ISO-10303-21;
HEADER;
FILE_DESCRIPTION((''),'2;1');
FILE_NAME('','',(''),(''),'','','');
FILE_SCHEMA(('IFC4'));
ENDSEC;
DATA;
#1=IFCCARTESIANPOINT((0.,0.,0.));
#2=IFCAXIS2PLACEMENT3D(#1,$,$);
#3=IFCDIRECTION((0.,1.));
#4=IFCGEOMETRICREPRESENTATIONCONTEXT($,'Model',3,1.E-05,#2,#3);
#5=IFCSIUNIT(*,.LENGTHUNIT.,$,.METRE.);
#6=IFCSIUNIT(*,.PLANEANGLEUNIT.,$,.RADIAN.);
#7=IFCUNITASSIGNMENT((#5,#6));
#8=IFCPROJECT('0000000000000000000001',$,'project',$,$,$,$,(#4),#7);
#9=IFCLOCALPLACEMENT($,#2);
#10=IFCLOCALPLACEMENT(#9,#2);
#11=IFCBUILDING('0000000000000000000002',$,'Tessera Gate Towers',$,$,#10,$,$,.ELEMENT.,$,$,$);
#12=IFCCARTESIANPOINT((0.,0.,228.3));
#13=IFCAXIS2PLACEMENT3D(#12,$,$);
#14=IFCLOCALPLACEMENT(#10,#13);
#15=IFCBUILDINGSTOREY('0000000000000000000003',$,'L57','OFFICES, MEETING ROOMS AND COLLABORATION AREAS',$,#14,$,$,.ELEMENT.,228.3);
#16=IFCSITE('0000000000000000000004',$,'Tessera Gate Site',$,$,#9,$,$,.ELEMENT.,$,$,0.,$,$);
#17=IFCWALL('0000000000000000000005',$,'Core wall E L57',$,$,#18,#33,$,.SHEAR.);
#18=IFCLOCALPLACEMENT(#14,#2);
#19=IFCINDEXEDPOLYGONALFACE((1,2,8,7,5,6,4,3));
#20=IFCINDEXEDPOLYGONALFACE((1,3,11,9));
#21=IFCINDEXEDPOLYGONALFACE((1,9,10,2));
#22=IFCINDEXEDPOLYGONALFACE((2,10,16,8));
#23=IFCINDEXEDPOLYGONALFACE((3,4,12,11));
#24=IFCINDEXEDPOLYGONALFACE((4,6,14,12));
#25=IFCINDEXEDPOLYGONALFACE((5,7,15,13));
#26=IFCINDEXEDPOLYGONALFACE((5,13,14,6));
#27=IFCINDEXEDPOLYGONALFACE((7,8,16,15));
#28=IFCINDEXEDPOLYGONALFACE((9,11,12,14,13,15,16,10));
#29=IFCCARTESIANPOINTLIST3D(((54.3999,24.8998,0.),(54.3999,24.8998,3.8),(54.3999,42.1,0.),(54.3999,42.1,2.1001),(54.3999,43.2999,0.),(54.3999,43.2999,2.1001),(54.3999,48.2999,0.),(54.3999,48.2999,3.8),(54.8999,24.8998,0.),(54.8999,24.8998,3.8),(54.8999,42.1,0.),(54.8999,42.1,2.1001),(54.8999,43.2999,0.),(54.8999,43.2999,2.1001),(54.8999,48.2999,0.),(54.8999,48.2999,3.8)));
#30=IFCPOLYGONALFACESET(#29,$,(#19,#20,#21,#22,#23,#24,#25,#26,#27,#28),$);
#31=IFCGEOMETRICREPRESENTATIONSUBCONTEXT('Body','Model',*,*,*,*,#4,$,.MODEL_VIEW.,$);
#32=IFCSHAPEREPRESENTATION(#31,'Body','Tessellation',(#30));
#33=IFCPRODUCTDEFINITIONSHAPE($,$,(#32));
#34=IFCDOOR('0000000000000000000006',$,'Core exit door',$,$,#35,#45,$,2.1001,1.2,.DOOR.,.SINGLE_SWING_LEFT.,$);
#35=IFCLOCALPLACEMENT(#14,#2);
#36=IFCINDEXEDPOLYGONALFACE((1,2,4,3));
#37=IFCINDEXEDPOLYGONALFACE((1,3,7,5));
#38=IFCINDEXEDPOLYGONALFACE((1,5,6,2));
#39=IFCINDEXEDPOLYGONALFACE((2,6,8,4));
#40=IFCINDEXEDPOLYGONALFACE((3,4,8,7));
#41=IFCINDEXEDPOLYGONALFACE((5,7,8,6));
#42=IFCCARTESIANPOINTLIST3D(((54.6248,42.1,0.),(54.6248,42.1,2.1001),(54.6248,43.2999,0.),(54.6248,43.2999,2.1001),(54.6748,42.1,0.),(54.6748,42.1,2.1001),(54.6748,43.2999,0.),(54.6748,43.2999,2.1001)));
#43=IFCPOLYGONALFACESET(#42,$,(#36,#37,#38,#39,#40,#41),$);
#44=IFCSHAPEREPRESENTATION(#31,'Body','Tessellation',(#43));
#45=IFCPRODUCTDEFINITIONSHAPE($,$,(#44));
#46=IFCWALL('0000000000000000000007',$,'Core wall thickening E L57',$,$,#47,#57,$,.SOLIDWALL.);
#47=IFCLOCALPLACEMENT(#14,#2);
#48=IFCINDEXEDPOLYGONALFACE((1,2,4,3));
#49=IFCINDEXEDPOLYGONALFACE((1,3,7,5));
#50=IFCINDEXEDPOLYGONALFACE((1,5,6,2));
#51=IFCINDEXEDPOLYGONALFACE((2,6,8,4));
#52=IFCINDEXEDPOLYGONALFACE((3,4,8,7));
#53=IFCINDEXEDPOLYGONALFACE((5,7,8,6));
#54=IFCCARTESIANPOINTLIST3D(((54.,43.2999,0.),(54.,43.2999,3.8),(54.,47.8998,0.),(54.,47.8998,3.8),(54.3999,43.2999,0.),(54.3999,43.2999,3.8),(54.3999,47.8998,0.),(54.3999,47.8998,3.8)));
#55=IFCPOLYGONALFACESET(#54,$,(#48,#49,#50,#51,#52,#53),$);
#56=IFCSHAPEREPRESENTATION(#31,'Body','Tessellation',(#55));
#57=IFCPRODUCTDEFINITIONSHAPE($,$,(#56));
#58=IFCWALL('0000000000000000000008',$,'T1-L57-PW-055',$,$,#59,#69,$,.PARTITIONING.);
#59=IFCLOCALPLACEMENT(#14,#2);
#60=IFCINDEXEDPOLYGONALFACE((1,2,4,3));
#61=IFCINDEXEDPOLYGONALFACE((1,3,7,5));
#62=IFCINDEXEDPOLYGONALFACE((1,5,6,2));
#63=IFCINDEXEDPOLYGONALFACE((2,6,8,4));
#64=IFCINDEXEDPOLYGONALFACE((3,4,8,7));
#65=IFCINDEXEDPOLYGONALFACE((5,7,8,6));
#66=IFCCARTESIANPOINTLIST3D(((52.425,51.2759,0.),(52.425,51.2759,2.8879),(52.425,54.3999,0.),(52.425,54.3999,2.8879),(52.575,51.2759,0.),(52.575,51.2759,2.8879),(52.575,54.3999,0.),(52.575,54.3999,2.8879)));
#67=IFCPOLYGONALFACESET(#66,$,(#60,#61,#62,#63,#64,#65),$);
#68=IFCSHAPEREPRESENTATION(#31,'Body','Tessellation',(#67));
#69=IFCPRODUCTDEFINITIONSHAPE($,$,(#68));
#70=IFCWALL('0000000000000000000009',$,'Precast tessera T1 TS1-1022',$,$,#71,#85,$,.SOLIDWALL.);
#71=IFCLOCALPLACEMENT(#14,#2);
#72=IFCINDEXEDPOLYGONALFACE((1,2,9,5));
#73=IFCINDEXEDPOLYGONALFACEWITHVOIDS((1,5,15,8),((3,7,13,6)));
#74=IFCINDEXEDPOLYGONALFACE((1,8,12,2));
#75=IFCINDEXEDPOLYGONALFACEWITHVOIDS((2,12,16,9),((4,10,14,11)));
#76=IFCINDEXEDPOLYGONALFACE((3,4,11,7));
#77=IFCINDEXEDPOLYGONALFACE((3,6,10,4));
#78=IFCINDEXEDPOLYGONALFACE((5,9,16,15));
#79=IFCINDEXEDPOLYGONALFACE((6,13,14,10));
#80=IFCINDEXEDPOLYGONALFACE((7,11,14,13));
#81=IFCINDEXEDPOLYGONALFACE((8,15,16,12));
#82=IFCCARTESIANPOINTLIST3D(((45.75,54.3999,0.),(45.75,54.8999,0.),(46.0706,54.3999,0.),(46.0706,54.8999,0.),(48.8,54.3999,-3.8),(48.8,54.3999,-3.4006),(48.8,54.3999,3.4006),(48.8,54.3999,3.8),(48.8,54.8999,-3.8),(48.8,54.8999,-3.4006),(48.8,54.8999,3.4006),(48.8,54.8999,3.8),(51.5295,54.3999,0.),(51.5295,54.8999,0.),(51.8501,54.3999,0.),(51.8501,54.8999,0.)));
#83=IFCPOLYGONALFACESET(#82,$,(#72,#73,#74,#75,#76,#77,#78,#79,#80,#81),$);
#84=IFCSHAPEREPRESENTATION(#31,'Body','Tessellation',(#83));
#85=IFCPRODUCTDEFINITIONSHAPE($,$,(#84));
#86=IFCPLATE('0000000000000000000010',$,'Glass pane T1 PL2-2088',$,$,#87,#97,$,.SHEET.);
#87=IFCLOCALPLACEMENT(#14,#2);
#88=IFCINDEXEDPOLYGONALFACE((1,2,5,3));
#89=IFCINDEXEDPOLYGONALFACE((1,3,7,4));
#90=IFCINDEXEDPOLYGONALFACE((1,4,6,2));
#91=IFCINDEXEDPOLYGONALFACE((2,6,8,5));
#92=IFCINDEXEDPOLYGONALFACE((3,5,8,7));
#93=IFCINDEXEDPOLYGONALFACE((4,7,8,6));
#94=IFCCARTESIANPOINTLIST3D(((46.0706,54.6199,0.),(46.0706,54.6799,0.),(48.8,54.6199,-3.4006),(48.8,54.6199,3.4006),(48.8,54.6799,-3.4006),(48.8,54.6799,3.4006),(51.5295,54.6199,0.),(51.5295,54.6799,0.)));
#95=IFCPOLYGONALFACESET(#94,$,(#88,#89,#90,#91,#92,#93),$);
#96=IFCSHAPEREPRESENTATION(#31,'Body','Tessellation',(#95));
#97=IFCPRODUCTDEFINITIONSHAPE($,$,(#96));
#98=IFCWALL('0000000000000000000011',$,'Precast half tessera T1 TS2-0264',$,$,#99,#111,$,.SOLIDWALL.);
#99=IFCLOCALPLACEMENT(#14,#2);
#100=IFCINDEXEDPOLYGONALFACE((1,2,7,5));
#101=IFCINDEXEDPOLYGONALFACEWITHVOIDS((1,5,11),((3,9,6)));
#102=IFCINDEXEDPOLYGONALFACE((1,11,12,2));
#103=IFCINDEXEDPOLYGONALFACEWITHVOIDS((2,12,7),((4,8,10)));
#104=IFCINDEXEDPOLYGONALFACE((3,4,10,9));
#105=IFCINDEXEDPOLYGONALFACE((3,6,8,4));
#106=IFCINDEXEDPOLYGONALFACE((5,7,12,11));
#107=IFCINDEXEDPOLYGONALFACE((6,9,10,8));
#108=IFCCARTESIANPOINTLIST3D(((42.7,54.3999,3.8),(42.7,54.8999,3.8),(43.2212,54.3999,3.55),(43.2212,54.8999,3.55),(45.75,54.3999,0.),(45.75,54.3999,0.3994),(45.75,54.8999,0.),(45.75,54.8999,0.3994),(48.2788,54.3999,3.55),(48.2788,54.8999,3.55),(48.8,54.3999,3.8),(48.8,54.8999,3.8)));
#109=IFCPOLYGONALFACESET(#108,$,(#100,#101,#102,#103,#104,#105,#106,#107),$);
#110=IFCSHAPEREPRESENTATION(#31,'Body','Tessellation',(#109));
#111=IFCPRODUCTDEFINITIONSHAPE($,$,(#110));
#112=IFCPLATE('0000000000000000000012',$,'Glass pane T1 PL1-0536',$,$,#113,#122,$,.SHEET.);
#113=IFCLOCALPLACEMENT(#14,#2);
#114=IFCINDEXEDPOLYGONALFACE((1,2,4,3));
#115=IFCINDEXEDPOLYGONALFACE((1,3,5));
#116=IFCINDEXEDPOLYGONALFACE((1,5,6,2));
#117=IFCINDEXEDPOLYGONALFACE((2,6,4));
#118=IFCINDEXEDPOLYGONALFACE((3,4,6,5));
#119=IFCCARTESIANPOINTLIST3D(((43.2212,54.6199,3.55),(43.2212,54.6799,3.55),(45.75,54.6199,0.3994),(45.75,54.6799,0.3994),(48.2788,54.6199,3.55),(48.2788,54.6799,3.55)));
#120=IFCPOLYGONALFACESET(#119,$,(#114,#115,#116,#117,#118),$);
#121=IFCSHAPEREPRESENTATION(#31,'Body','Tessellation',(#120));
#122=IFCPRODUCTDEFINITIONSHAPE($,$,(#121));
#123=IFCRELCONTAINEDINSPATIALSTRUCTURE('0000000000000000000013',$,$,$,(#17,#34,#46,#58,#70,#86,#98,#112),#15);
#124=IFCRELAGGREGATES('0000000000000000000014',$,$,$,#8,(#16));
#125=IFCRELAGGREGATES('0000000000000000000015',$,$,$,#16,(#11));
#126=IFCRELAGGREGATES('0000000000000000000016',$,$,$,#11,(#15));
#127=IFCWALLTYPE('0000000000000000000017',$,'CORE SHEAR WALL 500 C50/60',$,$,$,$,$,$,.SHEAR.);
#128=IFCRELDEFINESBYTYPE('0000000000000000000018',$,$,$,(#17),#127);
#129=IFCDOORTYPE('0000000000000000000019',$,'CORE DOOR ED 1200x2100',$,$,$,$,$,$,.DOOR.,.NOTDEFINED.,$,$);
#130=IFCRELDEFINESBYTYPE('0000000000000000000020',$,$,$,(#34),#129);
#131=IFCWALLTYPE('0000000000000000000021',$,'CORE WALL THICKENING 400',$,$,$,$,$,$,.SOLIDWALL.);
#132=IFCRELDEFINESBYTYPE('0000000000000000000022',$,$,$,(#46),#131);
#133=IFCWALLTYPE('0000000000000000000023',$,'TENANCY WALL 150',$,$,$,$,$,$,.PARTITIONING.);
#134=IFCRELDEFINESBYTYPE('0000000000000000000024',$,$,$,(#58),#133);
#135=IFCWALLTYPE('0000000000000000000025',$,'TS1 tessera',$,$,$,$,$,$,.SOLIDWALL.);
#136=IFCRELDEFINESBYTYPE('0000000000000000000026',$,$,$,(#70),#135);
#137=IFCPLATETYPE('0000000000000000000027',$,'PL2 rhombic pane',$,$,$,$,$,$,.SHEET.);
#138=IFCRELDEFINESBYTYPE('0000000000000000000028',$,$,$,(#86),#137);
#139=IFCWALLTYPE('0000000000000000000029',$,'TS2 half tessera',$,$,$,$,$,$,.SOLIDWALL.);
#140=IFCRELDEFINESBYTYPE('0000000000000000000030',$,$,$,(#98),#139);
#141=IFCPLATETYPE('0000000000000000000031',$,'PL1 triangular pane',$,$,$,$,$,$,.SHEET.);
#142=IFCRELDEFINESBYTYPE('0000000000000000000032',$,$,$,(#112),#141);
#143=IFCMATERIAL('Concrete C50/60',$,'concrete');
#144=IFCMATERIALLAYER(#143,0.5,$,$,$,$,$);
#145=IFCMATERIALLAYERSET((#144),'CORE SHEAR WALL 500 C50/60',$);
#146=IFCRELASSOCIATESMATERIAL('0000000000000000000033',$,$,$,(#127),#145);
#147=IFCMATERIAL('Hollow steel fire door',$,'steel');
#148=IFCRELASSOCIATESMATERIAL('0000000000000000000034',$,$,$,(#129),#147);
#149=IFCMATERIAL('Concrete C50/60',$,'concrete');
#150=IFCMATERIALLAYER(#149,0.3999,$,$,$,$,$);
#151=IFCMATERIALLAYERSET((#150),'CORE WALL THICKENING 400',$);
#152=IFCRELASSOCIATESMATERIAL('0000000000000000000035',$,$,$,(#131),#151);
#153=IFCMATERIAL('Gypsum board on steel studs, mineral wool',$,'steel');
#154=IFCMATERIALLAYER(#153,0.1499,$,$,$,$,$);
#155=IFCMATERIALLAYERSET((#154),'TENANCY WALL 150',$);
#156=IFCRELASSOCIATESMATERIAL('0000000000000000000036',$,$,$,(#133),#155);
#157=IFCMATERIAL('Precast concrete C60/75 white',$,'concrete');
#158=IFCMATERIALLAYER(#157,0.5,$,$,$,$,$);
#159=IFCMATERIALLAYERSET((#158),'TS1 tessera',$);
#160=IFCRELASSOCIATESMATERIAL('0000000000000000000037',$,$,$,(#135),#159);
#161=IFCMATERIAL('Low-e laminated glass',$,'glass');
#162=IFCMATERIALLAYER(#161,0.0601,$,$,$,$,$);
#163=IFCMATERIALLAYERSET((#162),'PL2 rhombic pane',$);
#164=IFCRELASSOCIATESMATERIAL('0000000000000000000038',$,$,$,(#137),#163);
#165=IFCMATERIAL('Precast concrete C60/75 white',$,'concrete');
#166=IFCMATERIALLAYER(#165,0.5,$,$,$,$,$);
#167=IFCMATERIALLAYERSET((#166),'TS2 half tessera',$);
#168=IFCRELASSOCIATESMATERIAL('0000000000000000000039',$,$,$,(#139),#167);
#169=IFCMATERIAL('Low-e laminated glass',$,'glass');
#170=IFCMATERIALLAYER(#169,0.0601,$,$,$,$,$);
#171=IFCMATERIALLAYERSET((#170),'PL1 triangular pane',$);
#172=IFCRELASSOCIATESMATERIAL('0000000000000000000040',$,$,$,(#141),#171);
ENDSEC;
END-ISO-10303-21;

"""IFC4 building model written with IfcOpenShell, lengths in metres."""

from ifc_helpers import new_model, si_unit, direction, frame, frame_2d, origin, place, context, subcontext, project, spatial, polyline, rectangle, outline, extrude, source, transform, mapped, material, layer, layer_set, type_object, element, fill, save


model = new_model("IFC4")

# Units and contexts
model_context = context("Model", 3, precision=1e-05, world=origin(), true_north=direction((0.0, 1.0)))
body_context = subcontext(model_context, "Body", "Model", "MODEL_VIEW")
ifc_project = project(units=[si_unit("LENGTHUNIT", "METRE"), si_unit("PLANEANGLEUNIT", "RADIAN")], contexts=[model_context])

# Site, building, storey
site_placement = place(None, origin())
site = spatial("IfcSite", under=ifc_project, at=site_placement, Name="Tessera Gate Site", CompositionType="ELEMENT", RefElevation=0.0)
building_placement = place(site_placement, origin())
building = spatial("IfcBuilding", under=site, at=building_placement, Name="Tessera Gate Towers", CompositionType="ELEMENT")
storey_placement = place(building_placement, frame((0.0, 0.0, 228.3)))
storey = spatial("IfcBuildingStorey", under=building, at=storey_placement, Name="L57", Description="OFFICES, MEETING ROOMS AND COLLABORATION AREAS", CompositionType="ELEMENT", Elevation=228.3)

# Shared definitions
shared_shape_1 = source(origin(), body_context, "Body", "SweptSolid", [
    extrude(rectangle(XDim=1.2, YDim=2.1001, at=frame_2d((0.6001, 1.05))), frame((0.0, 0.0249, 0.0), z_axis=(0.0, -1.0, 0.0), x_axis=(1.0, 0.0, 0.0)), (0.0, 0.0, 1.0), 0.05),
])

# Wall, opening, door
ifc_material_1 = material(Name="Concrete C50/60", Category="concrete")
ifc_layer_1 = layer(ifc_material_1, 0.5)
ifc_layer_set_1 = layer_set([ifc_layer_1], Name="CORE SHEAR WALL 500 C50/60")
wall_type_1 = type_object("IfcWallType", Name="CORE SHEAR WALL 500 C50/60", PredefinedType="SHEAR", material=ifc_layer_set_1)
wall_1_placement = place(storey_placement, frame((54.6499, 48.3, 0.0), z_axis=(0.0, 0.0, 1.0), x_axis=(0.0, -1.0, 0.0)))
wall_1 = element("IfcWall", 1, at=wall_1_placement, inside=storey, type_object=wall_type_1, Name="Core wall E L57", PredefinedType="SHEAR", context=body_context, shape_type="SweptSolid", body=[
    extrude(rectangle(XDim=23.4001, YDim=0.5, at=frame_2d((11.7002, 0.0))), origin(), (0.0, 0.0, 1.0), 3.8),
])
shared_shape_2 = source(origin(), body_context, "Body", "SweptSolid", [
    extrude(rectangle(XDim=1.2, YDim=2.1001, at=frame_2d((0.6001, 1.05))), frame((0.0, 0.26, 0.0), z_axis=(0.0, -1.0, 0.0), x_axis=(1.0, 0.0, 0.0)), (0.0, 0.0, 1.0), 0.52),
])
opening_1_placement = place(wall_1_placement, frame((5.0, 0.0, 0.0)))
opening_1 = element("IfcOpeningElement", 2, at=opening_1_placement, cuts=wall_1, PredefinedType="OPENING", context=body_context, shape_type="MappedRepresentation", body=[
    mapped(shared_shape_2, transform((0.0, 0.0, 0.0), scale=1.0)),
])
ifc_material_2 = material(Name="Hollow steel fire door", Category="steel")
door_type_1 = type_object("IfcDoorType", Name="CORE DOOR ED 1200x2100", OperationType="NOTDEFINED", PredefinedType="DOOR", material=ifc_material_2)
door_1_placement = place(opening_1_placement, origin())
door_1 = element("IfcDoor", 3, at=door_1_placement, inside=storey, type_object=door_type_1, Name="Core exit door", OperationType="SINGLE_SWING_LEFT", OverallHeight=2.1001, OverallWidth=1.2, PredefinedType="DOOR", context=body_context, shape_type="MappedRepresentation", body=[
    mapped(shared_shape_1, transform((0.0, 0.0, 0.0), scale=1.0)),
])
fill(opening_1, door_1)

# Walls
ifc_material_3 = material(Name="Concrete C50/60", Category="concrete")
ifc_layer_2 = layer(ifc_material_3, 0.3999)
ifc_layer_set_2 = layer_set([ifc_layer_2], Name="CORE WALL THICKENING 400")
wall_type_2 = type_object("IfcWallType", Name="CORE WALL THICKENING 400", PredefinedType="SOLIDWALL", material=ifc_layer_set_2)
wall_2_placement = place(storey_placement, frame((54.2, 43.3, 0.0), z_axis=(0.0, 0.0, 1.0), x_axis=(0.0, 1.0, 0.0)))
element("IfcWall", 4, at=wall_2_placement, inside=storey, type_object=wall_type_2, Name="Core wall thickening E L57", PredefinedType="SOLIDWALL", context=body_context, shape_type="SweptSolid", body=[
    extrude(rectangle(XDim=4.5999, YDim=0.3999, at=frame_2d((2.2998, 0.0))), origin(), (0.0, 0.0, 1.0), 3.8),
])
ifc_material_4 = material(Name="Gypsum board on steel studs, mineral wool", Category="steel")
ifc_layer_3 = layer(ifc_material_4, 0.1499)
ifc_layer_set_3 = layer_set([ifc_layer_3], Name="TENANCY WALL 150")
wall_type_3 = type_object("IfcWallType", Name="TENANCY WALL 150", PredefinedType="PARTITIONING", material=ifc_layer_set_3)
wall_3_placement = place(storey_placement, frame((52.5, 51.2759, 0.0), z_axis=(0.0, 0.0, 1.0), x_axis=(0.0, 1.0, 0.0)))
element("IfcWall", 5, at=wall_3_placement, inside=storey, type_object=wall_type_3, Name="T1-L57-PW-055", PredefinedType="PARTITIONING", context=body_context, shape_type="SweptSolid", body=[
    extrude(rectangle(XDim=3.124, YDim=0.1499, at=frame_2d((1.562, 0.0))), origin(), (0.0, 0.0, 1.0), 2.8879),
])

# Walls, openings, plates
ifc_material_5 = material(Name="Precast concrete C60/75 white", Category="concrete")
ifc_layer_4 = layer(ifc_material_5, 0.5)
ifc_layer_set_4 = layer_set([ifc_layer_4], Name="TS1 tessera")
wall_type_4 = type_object("IfcWallType", Name="TS1 tessera", PredefinedType="SOLIDWALL", material=ifc_layer_set_4)
shared_shape_3 = source(origin(), body_context, "Body", "SweptSolid", [
    extrude(outline(polyline([(3.05, 0.0), (6.1001, 3.8), (3.05, 7.6001), (0.0, 3.8), (3.05, 0.0)])), frame((0.0, 0.25, 0.0), z_axis=(0.0, -1.0, 0.0), x_axis=(1.0, 0.0, 0.0)), (0.0, 0.0, 1.0), 0.5),
])
wall_4_placement = place(storey_placement, frame((51.8501, 54.6499, -3.8), z_axis=(0.0, 0.0, 1.0), x_axis=(-1.0, 0.0, 0.0)))
wall_4 = element("IfcWall", 6, at=wall_4_placement, inside=storey, type_object=wall_type_4, Name="Precast tessera T1 TS1-1022", PredefinedType="SOLIDWALL", context=body_context, shape_type="MappedRepresentation", body=[
    mapped(shared_shape_3, transform((0.0, 0.0, 0.0), scale=1.0)),
])
shared_shape_4 = source(origin(), body_context, "Body", "SweptSolid", [
    extrude(outline(polyline([(3.05, 0.3994), (5.7795, 3.8), (3.05, 7.2007), (0.3206, 3.8), (3.05, 0.3994)])), frame((0.0, 0.26, 0.0), z_axis=(0.0, -1.0, 0.0), x_axis=(1.0, 0.0, 0.0)), (0.0, 0.0, 1.0), 0.52),
])
opening_2_placement = place(wall_4_placement, origin())
opening_2 = element("IfcOpeningElement", 7, at=opening_2_placement, cuts=wall_4, PredefinedType="OPENING", context=body_context, shape_type="MappedRepresentation", body=[
    mapped(shared_shape_4, transform((0.0, 0.0, 0.0), scale=1.0)),
])
ifc_material_6 = material(Name="Low-e laminated glass", Category="glass")
ifc_layer_5 = layer(ifc_material_6, 0.0601)
ifc_layer_set_5 = layer_set([ifc_layer_5], Name="PL2 rhombic pane")
plate_type_1 = type_object("IfcPlateType", Name="PL2 rhombic pane", PredefinedType="SHEET", material=ifc_layer_set_5)
shared_shape_5 = source(origin(), body_context, "Body", "SweptSolid", [
    extrude(outline(polyline([(3.05, 0.3994), (5.7795, 3.8), (3.05, 7.2007), (0.3206, 3.8), (3.05, 0.3994)])), frame((0.0, 0.03, 0.0), z_axis=(0.0, -1.0, 0.0), x_axis=(1.0, 0.0, 0.0)), (0.0, 0.0, 1.0), 0.0601),
])
plate_1_placement = place(opening_2_placement, origin())
plate_1 = element("IfcPlate", 8, at=plate_1_placement, inside=storey, type_object=plate_type_1, Name="Glass pane T1 PL2-2088", PredefinedType="SHEET", context=body_context, shape_type="MappedRepresentation", body=[
    mapped(shared_shape_5, transform((0.0, 0.0, 0.0), scale=1.0)),
])
fill(opening_2, plate_1)
ifc_material_7 = material(Name="Precast concrete C60/75 white", Category="concrete")
ifc_layer_6 = layer(ifc_material_7, 0.5)
ifc_layer_set_6 = layer_set([ifc_layer_6], Name="TS2 half tessera")
wall_type_5 = type_object("IfcWallType", Name="TS2 half tessera", PredefinedType="SOLIDWALL", material=ifc_layer_set_6)
shared_shape_6 = source(origin(), body_context, "Body", "SweptSolid", [
    extrude(outline(polyline([(3.05, 0.0), (6.1001, 3.8), (0.0, 3.8), (3.05, 0.0)])), frame((0.0, 0.25, 0.0), z_axis=(0.0, -1.0, 0.0), x_axis=(1.0, 0.0, 0.0)), (0.0, 0.0, 1.0), 0.5),
])
wall_5_placement = place(storey_placement, frame((48.8, 54.6499, 0.0), z_axis=(0.0, 0.0, 1.0), x_axis=(-1.0, 0.0, 0.0)))
wall_5 = element("IfcWall", 9, at=wall_5_placement, inside=storey, type_object=wall_type_5, Name="Precast half tessera T1 TS2-0264", PredefinedType="SOLIDWALL", context=body_context, shape_type="MappedRepresentation", body=[
    mapped(shared_shape_6, transform((0.0, 0.0, 0.0), scale=1.0)),
])
shared_shape_7 = source(origin(), body_context, "Body", "SweptSolid", [
    extrude(outline(polyline([(3.05, 0.3994), (5.5789, 3.55), (0.5212, 3.55), (3.05, 0.3994)])), frame((0.0, 0.26, 0.0), z_axis=(0.0, -1.0, 0.0), x_axis=(1.0, 0.0, 0.0)), (0.0, 0.0, 1.0), 0.52),
])
opening_3_placement = place(wall_5_placement, origin())
opening_3 = element("IfcOpeningElement", 10, at=opening_3_placement, cuts=wall_5, PredefinedType="OPENING", context=body_context, shape_type="MappedRepresentation", body=[
    mapped(shared_shape_7, transform((0.0, 0.0, 0.0), scale=1.0)),
])
ifc_material_8 = material(Name="Low-e laminated glass", Category="glass")
ifc_layer_7 = layer(ifc_material_8, 0.0601)
ifc_layer_set_7 = layer_set([ifc_layer_7], Name="PL1 triangular pane")
plate_type_2 = type_object("IfcPlateType", Name="PL1 triangular pane", PredefinedType="SHEET", material=ifc_layer_set_7)
shared_shape_8 = source(origin(), body_context, "Body", "SweptSolid", [
    extrude(outline(polyline([(3.05, 0.3994), (5.5789, 3.55), (0.5212, 3.55), (3.05, 0.3994)])), frame((0.0, 0.03, 0.0), z_axis=(0.0, -1.0, 0.0), x_axis=(1.0, 0.0, 0.0)), (0.0, 0.0, 1.0), 0.0601),
])
plate_2_placement = place(opening_3_placement, origin())
plate_2 = element("IfcPlate", 11, at=plate_2_placement, inside=storey, type_object=plate_type_2, Name="Glass pane T1 PL1-0536", PredefinedType="SHEET", context=body_context, shape_type="MappedRepresentation", body=[
    mapped(shared_shape_8, transform((0.0, 0.0, 0.0), scale=1.0)),
])
fill(opening_3, plate_2)

save(model, "model.ifc")
